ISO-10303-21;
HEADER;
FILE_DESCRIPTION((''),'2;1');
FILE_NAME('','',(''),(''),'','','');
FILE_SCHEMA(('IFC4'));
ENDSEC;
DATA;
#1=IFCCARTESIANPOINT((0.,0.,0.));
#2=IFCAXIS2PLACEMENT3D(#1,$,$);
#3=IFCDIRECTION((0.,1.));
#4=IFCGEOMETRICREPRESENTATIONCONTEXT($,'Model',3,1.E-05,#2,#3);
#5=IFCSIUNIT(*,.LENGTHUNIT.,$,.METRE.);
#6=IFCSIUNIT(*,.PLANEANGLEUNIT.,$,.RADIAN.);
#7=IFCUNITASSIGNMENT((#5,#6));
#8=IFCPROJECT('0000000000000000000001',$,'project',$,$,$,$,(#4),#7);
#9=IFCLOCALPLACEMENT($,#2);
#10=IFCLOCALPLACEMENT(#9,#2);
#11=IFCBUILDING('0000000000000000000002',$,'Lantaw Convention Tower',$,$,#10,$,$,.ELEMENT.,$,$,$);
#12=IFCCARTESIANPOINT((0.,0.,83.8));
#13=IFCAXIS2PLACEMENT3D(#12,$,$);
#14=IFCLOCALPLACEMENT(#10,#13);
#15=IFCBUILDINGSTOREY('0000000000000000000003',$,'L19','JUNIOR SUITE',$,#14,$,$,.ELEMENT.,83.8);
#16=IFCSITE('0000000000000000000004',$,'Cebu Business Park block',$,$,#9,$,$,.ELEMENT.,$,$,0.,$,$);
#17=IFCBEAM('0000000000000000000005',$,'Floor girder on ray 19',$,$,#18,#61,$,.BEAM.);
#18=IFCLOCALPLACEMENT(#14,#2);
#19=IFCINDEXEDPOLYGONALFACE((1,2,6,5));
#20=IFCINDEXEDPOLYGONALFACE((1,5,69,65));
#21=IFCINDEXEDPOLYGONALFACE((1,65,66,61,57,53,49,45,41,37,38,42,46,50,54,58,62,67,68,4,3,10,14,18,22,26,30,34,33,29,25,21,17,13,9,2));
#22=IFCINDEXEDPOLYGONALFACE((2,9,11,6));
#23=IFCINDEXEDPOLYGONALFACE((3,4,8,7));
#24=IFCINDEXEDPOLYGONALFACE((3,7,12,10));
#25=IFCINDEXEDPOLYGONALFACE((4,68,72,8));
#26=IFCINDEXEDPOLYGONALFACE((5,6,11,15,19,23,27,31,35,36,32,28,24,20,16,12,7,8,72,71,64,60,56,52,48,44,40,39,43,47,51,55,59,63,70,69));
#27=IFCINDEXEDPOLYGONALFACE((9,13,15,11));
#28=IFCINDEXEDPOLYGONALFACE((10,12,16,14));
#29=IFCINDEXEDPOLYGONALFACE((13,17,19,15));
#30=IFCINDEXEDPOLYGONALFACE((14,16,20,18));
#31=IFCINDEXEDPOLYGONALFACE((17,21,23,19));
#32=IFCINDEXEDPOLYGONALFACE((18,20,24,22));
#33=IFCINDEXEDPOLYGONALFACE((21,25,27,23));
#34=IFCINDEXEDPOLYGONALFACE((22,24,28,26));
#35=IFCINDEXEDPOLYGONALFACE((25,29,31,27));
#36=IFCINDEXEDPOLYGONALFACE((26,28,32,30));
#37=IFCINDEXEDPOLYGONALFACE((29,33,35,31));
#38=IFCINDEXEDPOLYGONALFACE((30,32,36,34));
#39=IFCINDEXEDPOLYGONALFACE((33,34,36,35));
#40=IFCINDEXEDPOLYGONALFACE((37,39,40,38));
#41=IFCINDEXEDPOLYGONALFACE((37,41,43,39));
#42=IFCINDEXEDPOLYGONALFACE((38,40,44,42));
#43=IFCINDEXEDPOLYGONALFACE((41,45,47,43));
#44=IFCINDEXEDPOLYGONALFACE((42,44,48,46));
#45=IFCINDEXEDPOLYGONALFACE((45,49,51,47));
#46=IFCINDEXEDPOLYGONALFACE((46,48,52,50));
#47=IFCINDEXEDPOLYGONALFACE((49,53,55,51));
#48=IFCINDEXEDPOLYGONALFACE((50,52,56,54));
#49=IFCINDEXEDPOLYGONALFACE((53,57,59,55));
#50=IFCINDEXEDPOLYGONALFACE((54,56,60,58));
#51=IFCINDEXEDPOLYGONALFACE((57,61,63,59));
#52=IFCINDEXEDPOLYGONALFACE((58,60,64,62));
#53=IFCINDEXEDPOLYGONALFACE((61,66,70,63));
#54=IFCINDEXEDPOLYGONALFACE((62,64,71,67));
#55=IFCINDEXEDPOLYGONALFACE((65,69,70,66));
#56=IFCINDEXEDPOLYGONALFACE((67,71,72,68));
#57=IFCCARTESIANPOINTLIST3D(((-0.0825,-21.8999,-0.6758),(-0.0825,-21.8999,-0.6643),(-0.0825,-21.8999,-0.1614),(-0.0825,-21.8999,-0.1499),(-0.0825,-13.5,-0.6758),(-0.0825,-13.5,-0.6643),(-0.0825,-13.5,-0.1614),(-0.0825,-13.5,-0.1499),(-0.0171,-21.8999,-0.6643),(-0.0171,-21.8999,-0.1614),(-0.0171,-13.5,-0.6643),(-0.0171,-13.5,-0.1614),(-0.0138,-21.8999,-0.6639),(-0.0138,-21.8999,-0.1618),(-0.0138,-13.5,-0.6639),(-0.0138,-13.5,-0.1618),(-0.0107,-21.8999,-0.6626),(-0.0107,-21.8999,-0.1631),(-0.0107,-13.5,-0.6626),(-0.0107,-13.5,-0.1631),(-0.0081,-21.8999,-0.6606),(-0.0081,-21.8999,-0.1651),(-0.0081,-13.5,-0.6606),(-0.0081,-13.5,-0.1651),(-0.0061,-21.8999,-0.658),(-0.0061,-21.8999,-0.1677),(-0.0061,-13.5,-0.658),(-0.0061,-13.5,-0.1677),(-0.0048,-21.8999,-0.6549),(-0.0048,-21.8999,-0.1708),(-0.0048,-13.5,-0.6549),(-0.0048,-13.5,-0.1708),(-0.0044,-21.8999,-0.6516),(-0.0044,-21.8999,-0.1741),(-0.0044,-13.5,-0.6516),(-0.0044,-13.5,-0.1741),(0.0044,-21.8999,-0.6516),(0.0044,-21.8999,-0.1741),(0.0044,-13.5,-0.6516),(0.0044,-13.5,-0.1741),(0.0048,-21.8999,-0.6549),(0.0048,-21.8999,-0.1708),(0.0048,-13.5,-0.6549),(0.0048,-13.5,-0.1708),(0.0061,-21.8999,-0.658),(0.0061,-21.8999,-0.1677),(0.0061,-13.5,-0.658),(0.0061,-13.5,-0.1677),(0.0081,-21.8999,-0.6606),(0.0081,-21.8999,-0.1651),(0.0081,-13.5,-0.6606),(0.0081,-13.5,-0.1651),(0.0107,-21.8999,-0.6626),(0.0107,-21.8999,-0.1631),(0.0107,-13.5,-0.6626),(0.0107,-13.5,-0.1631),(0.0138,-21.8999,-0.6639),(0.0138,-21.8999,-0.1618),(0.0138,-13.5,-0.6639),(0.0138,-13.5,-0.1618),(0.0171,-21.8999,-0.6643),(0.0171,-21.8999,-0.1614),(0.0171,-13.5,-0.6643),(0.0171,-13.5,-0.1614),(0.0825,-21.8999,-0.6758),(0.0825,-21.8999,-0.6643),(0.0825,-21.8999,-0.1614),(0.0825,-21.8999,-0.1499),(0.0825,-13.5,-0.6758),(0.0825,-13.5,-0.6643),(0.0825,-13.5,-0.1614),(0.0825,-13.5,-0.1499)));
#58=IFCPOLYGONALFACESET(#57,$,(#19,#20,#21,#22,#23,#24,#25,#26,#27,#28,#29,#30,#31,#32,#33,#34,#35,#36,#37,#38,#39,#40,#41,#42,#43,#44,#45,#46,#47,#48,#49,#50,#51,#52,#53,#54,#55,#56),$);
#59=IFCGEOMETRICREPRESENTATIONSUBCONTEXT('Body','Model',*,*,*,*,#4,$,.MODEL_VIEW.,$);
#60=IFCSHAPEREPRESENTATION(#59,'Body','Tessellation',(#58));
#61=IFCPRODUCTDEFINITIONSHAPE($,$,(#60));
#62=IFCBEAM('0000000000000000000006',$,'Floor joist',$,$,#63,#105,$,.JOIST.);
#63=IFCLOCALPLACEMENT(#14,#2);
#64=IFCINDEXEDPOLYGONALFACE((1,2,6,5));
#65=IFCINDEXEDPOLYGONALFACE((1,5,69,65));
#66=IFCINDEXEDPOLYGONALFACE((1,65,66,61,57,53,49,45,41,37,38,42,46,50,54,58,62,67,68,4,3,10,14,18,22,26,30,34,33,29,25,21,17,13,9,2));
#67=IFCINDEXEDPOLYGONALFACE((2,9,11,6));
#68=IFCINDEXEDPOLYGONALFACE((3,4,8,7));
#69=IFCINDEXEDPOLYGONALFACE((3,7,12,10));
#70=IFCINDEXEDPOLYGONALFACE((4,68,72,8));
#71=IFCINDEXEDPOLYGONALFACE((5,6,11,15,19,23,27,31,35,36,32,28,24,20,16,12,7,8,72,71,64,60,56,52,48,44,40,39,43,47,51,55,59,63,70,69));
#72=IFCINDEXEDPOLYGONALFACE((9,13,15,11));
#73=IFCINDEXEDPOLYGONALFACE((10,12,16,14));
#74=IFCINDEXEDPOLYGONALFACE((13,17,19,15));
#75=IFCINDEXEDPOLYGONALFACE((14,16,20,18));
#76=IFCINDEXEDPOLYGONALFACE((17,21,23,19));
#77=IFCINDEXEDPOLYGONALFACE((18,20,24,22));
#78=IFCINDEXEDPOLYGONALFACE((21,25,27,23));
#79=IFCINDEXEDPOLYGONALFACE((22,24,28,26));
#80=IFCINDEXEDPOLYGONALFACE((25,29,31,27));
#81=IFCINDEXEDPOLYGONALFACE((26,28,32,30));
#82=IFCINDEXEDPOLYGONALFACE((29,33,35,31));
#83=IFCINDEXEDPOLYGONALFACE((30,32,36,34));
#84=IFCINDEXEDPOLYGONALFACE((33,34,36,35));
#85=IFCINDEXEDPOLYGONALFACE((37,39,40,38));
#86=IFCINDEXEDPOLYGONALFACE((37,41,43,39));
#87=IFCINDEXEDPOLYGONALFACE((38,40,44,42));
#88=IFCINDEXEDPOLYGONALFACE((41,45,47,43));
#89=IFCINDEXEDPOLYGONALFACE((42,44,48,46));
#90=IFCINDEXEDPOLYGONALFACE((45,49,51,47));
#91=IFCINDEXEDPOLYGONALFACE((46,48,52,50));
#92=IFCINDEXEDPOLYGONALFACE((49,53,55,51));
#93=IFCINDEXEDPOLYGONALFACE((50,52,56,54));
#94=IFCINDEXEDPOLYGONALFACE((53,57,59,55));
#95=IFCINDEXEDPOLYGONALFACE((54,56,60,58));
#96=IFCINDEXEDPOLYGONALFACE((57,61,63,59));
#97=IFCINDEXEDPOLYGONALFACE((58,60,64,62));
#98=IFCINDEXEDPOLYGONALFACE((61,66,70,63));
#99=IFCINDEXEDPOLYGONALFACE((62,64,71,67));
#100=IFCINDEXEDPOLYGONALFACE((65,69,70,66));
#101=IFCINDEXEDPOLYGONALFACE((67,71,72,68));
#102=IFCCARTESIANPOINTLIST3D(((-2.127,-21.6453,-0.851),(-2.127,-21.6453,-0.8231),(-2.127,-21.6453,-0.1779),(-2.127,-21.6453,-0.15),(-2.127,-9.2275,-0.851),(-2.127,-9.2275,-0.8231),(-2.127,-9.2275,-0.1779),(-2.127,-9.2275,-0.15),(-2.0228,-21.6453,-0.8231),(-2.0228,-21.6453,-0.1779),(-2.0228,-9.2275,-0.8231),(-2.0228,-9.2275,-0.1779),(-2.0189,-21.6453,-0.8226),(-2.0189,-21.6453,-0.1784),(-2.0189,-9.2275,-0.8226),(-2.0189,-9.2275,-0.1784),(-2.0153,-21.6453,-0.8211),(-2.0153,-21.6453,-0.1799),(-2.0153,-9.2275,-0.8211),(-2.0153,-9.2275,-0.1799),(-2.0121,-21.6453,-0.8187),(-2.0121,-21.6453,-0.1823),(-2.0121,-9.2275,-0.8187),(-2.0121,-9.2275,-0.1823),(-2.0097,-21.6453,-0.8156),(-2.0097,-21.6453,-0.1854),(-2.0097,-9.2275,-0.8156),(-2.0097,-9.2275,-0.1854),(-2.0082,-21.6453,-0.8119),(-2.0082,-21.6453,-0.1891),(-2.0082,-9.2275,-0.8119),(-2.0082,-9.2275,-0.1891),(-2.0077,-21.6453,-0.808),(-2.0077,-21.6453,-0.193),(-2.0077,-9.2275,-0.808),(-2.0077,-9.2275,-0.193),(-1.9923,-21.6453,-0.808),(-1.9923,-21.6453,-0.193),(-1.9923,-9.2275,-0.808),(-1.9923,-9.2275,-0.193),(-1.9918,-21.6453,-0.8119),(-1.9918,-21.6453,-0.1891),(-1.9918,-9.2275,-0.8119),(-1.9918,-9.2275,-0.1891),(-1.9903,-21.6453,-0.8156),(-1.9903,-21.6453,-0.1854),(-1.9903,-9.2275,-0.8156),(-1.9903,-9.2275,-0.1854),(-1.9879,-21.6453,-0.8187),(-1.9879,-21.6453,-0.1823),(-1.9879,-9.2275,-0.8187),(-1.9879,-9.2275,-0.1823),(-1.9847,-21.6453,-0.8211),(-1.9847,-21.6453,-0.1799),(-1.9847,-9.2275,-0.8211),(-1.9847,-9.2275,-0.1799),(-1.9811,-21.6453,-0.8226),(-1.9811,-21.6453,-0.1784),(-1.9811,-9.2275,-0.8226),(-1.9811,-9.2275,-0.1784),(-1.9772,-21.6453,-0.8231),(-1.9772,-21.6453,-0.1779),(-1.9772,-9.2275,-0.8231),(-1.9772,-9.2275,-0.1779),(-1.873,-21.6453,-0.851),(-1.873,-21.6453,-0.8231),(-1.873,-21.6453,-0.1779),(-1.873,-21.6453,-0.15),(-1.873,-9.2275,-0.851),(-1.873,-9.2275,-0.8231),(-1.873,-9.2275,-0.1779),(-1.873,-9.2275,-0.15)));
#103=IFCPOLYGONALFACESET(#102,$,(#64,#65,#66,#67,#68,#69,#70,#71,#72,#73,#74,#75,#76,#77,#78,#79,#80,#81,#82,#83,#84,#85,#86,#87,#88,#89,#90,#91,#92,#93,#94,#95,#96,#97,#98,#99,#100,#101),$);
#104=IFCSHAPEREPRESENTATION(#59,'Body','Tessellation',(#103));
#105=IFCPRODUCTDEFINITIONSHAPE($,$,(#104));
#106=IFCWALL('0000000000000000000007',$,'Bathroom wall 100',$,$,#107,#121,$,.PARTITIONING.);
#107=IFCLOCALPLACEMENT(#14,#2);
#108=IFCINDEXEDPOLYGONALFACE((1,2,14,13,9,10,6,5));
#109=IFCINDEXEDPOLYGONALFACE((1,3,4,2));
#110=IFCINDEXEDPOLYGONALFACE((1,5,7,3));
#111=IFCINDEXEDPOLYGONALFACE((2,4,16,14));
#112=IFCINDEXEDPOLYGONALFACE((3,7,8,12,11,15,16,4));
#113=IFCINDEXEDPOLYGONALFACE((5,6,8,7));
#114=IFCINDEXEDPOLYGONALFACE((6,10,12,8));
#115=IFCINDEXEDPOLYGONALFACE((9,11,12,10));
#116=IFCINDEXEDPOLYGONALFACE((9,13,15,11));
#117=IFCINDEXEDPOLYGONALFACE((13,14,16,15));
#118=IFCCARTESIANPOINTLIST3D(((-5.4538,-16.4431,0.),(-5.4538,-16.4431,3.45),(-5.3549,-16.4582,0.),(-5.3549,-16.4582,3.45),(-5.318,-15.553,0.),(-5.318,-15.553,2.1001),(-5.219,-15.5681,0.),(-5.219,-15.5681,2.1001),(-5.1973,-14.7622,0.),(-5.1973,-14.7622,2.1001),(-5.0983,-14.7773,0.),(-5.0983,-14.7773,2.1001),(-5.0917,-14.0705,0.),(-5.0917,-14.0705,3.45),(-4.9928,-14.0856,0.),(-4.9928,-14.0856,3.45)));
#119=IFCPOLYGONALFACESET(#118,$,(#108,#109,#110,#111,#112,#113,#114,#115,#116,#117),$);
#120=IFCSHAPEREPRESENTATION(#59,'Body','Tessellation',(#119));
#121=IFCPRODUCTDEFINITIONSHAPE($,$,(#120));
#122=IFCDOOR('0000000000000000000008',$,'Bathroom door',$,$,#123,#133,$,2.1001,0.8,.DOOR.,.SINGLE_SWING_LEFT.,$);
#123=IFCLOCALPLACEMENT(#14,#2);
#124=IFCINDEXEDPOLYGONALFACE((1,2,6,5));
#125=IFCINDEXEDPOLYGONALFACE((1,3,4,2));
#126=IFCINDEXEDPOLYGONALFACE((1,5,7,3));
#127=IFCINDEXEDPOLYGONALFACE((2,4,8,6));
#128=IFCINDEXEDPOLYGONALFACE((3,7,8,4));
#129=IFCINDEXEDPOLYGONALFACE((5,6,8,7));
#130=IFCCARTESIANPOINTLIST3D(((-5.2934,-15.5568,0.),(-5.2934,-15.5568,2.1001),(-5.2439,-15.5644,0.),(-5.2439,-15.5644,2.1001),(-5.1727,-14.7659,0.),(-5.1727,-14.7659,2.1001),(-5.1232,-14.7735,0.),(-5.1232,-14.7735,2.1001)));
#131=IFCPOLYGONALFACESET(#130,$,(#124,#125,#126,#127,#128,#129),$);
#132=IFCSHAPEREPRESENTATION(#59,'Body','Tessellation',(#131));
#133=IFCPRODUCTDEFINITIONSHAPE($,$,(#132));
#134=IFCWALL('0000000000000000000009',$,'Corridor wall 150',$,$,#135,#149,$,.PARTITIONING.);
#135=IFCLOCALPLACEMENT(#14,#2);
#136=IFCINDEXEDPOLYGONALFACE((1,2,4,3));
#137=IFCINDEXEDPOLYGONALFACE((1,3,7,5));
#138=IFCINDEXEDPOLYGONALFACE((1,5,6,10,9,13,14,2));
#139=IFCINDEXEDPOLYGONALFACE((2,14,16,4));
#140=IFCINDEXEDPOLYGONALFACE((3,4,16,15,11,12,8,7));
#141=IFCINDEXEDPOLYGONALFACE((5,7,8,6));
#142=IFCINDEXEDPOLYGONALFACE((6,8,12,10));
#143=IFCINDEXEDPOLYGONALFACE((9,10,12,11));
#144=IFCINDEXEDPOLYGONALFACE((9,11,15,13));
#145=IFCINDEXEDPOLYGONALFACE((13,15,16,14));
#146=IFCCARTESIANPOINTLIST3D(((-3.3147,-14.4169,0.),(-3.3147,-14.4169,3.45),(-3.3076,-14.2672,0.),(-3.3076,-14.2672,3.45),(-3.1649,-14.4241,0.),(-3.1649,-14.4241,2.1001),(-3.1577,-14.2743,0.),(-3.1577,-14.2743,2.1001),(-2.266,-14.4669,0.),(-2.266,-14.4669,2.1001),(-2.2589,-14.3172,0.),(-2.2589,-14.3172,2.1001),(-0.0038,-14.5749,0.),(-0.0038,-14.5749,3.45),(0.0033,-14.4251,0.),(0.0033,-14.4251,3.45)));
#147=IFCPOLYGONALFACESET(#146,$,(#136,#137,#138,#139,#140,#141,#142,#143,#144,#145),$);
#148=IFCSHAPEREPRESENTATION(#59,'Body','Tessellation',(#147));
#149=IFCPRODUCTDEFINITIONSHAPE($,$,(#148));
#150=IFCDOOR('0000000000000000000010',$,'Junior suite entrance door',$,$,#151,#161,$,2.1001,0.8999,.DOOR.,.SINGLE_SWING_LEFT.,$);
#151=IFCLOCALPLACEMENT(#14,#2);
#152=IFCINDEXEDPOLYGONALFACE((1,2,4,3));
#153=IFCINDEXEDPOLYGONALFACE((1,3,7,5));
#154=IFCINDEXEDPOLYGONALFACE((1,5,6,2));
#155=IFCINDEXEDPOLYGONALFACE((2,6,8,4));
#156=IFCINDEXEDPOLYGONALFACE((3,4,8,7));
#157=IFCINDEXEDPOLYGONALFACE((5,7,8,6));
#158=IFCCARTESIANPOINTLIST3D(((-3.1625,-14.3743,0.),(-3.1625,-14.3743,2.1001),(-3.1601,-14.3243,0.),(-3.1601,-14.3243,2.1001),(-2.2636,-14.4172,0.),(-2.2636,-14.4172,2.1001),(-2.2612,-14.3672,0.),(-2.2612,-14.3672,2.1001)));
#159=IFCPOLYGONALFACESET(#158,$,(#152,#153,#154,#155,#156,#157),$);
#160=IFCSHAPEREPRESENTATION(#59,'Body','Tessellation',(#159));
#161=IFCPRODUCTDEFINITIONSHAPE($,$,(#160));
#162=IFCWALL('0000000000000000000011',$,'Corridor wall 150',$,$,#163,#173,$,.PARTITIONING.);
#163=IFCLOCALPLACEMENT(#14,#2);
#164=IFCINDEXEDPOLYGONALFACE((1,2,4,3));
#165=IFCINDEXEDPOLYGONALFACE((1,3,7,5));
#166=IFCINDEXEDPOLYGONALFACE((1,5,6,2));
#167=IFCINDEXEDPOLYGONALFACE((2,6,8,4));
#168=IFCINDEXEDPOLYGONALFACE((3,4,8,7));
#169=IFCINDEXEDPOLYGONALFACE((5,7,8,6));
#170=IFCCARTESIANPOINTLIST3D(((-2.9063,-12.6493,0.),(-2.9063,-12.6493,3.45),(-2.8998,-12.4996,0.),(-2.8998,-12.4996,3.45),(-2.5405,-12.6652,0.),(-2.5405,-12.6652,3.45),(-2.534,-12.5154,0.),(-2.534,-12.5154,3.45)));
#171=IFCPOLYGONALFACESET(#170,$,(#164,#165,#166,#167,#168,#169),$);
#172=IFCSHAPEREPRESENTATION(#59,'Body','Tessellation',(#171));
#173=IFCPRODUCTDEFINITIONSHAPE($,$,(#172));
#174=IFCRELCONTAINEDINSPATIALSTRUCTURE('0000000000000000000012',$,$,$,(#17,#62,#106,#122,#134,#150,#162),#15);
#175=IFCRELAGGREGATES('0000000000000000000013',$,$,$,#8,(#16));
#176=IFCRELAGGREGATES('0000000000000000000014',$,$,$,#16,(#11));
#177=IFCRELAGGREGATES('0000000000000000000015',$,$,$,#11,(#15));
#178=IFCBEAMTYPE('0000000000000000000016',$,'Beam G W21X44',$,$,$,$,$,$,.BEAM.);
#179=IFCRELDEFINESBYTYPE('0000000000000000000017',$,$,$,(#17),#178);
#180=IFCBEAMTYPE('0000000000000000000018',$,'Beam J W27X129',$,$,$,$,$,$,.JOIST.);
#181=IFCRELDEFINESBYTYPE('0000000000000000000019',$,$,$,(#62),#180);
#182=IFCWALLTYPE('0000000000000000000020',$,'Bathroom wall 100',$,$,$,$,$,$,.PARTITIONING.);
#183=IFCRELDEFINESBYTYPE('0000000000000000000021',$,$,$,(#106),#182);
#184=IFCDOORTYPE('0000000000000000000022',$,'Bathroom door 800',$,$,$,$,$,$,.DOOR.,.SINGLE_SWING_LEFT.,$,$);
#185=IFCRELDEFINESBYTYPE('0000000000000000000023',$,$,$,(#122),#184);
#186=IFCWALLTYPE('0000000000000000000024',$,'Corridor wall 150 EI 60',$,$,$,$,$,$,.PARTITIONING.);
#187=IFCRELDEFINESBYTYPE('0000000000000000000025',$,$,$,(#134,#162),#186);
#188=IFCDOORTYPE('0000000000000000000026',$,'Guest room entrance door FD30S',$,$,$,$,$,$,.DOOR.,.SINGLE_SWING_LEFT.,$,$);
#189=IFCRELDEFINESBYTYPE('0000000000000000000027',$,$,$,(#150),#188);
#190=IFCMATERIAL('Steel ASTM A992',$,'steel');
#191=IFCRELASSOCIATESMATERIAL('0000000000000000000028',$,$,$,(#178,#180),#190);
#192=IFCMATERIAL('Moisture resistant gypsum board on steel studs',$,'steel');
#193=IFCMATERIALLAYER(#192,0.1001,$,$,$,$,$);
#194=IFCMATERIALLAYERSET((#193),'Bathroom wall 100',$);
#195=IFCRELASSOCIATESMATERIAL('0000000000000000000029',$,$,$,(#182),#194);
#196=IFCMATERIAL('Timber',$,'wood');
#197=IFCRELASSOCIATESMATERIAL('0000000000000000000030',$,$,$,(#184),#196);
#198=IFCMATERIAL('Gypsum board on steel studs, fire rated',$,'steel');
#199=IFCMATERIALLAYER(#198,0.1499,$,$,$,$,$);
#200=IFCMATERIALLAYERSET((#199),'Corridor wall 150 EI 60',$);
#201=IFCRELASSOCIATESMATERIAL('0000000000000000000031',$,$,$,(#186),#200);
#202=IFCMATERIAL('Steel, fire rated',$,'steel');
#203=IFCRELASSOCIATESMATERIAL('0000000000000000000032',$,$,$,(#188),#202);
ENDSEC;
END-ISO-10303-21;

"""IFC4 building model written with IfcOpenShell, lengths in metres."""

from ifc_helpers import new_model, si_unit, direction, frame, frame_2d, origin, origin_2d, place, context, subcontext, project, spatial, rectangle, i_section, extrude, material, layer, layer_set, material_profile, profile_set, type_object, element, fill, save


model = new_model("IFC4")

# Units and contexts
model_context = context("Model", 3, precision=1e-05, world=origin(), true_north=direction((0.0, 1.0)))
body_context = subcontext(model_context, "Body", "Model", "MODEL_VIEW")
ifc_project = project(units=[si_unit("LENGTHUNIT", "METRE"), si_unit("PLANEANGLEUNIT", "RADIAN")], contexts=[model_context])

# Site, building, storey
site_placement = place(None, origin())
site = spatial("IfcSite", under=ifc_project, at=site_placement, Name="Cebu Business Park block", CompositionType="ELEMENT", RefElevation=0.0)
building_placement = place(site_placement, origin())
building = spatial("IfcBuilding", under=site, at=building_placement, Name="Lantaw Convention Tower", CompositionType="ELEMENT")
storey_placement = place(building_placement, frame((0.0, 0.0, 83.8)))
storey = spatial("IfcBuildingStorey", under=building, at=storey_placement, Name="L19", Description="JUNIOR SUITE", CompositionType="ELEMENT", Elevation=83.8)

# Beams
ifc_material_1 = material(Name="Steel ASTM A992", Category="steel")
ifc_material_profile_1 = material_profile(ifc_material_1, i_section(OverallWidth=0.165, OverallDepth=0.5259, WebThickness=0.0088, FlangeThickness=0.0115, FilletRadius=0.0127, at=origin_2d()), Name="W21X44")
ifc_profile_set_1 = profile_set([ifc_material_profile_1], Name="Steel ASTM A992")
beam_type_1 = type_object("IfcBeamType", Name="Beam G W21X44", PredefinedType="BEAM", material=ifc_profile_set_1)
beam_1_placement = place(storey_placement, frame((0.0, -13.5, -0.4128), z_axis=(0.0, -1.0, 0.0), x_axis=(1.0, 0.0, 0.0)))
element("IfcBeam", 1, at=beam_1_placement, inside=storey, type_object=beam_type_1, Name="Floor girder on ray 19", PredefinedType="BEAM", context=body_context, shape_type="SweptSolid", body=[
    extrude(i_section(OverallWidth=0.165, OverallDepth=0.5259, WebThickness=0.0088, FlangeThickness=0.0115, FilletRadius=0.0127, at=origin_2d()), origin(), (0.0, 0.0, 1.0), 8.3999),
])
ifc_material_profile_2 = material_profile(ifc_material_1, i_section(OverallWidth=0.2539, OverallDepth=0.7009, WebThickness=0.0154, FlangeThickness=0.0278, FilletRadius=0.0151, at=origin_2d()), Name="W27X129")
ifc_profile_set_2 = profile_set([ifc_material_profile_2], Name="Steel ASTM A992")
beam_type_2 = type_object("IfcBeamType", Name="Beam J W27X129", PredefinedType="JOIST", material=ifc_profile_set_2)
beam_2_placement = place(storey_placement, frame((-2.0, -21.6453, -0.5005), z_axis=(0.0, 1.0, 0.0), x_axis=(-1.0, 0.0, 0.0)))
element("IfcBeam", 2, at=beam_2_placement, inside=storey, type_object=beam_type_2, Name="Floor joist", PredefinedType="JOIST", context=body_context, shape_type="SweptSolid", body=[
    extrude(i_section(OverallWidth=0.2539, OverallDepth=0.7009, WebThickness=0.0154, FlangeThickness=0.0278, FilletRadius=0.0151, at=origin_2d()), origin(), (0.0, 0.0, 1.0), 12.4177),
])

# Walls, openings, doors
ifc_material_2 = material(Name="Moisture resistant gypsum board on steel studs", Category="steel")
ifc_layer_1 = layer(ifc_material_2, 0.1001)
ifc_layer_set_1 = layer_set([ifc_layer_1], Name="Bathroom wall 100")
wall_type_1 = type_object("IfcWallType", Name="Bathroom wall 100", PredefinedType="PARTITIONING", material=ifc_layer_set_1)
wall_1_placement = place(storey_placement, frame((-5.0422, -14.0779, 0.0), z_axis=(0.0, 0.0, 1.0), x_axis=(-0.150857, -0.988556, 0.0)))
wall_1 = element("IfcWall", 3, at=wall_1_placement, inside=storey, type_object=wall_type_1, Name="Bathroom wall 100", PredefinedType="PARTITIONING", context=body_context, shape_type="SweptSolid", body=[
    extrude(rectangle(XDim=2.4001, YDim=0.1001, at=frame_2d((1.2002, 0.0))), origin(), (0.0, 0.0, 1.0), 3.45),
])
opening_1_placement = place(wall_1_placement, frame((0.7, 0.0, 0.0)))
opening_1 = element("IfcOpeningElement", 4, at=opening_1_placement, cuts=wall_1, PredefinedType="OPENING", context=body_context, shape_type="SweptSolid", body=[
    extrude(rectangle(XDim=0.8, YDim=2.1001, at=frame_2d((0.3999, 1.05))), frame((0.0, 0.0601, 0.0), z_axis=(0.0, -1.0, 0.0), x_axis=(1.0, 0.0, 0.0)), (0.0, 0.0, 1.0), 0.1201),
])
ifc_material_3 = material(Name="Timber", Category="wood")
door_type_1 = type_object("IfcDoorType", Name="Bathroom door 800", OperationType="SINGLE_SWING_LEFT", PredefinedType="DOOR", material=ifc_material_3)
door_1_placement = place(opening_1_placement, origin())
door_1 = element("IfcDoor", 5, at=door_1_placement, inside=storey, type_object=door_type_1, Name="Bathroom door", OperationType="SINGLE_SWING_LEFT", OverallHeight=2.1001, OverallWidth=0.8, PredefinedType="DOOR", context=body_context, shape_type="SweptSolid", body=[
    extrude(rectangle(XDim=0.8, YDim=2.1001, at=frame_2d((0.3999, 1.05))), frame((0.0, 0.0249, 0.0), z_axis=(0.0, -1.0, 0.0), x_axis=(1.0, 0.0, 0.0)), (0.0, 0.0, 1.0), 0.05),
])
fill(opening_1, door_1)
ifc_material_4 = material(Name="Gypsum board on steel studs, fire rated", Category="steel")
ifc_layer_2 = layer(ifc_material_4, 0.1499)
ifc_layer_set_2 = layer_set([ifc_layer_2], Name="Corridor wall 150 EI 60")
wall_type_2 = type_object("IfcWallType", Name="Corridor wall 150 EI 60", PredefinedType="PARTITIONING", material=ifc_layer_set_2)
wall_2_placement = place(storey_placement, frame((-3.311, -14.342, 0.0), z_axis=(0.0, 0.0, 1.0), x_axis=(0.998864, -0.047653, 0.0)))
wall_2 = element("IfcWall", 6, at=wall_2_placement, inside=storey, type_object=wall_type_2, Name="Corridor wall 150", PredefinedType="PARTITIONING", context=body_context, shape_type="SweptSolid", body=[
    extrude(rectangle(XDim=3.3147, YDim=0.1499, at=frame_2d((1.6572, 0.0))), origin(), (0.0, 0.0, 1.0), 3.45),
])
opening_2_placement = place(wall_2_placement, frame((0.1499, 0.0, 0.0)))
opening_2 = element("IfcOpeningElement", 7, at=opening_2_placement, cuts=wall_2, PredefinedType="OPENING", context=body_context, shape_type="SweptSolid", body=[
    extrude(rectangle(XDim=0.8999, YDim=2.1001, at=frame_2d((0.45, 1.05))), frame((0.0, 0.085, 0.0), z_axis=(0.0, -1.0, 0.0), x_axis=(1.0, 0.0, 0.0)), (0.0, 0.0, 1.0), 0.1699),
])
ifc_material_5 = material(Name="Steel, fire rated", Category="steel")
door_type_2 = type_object("IfcDoorType", Name="Guest room entrance door FD30S", OperationType="SINGLE_SWING_LEFT", PredefinedType="DOOR", material=ifc_material_5)
door_2_placement = place(opening_2_placement, origin())
door_2 = element("IfcDoor", 8, at=door_2_placement, inside=storey, type_object=door_type_2, Name="Junior suite entrance door", OperationType="SINGLE_SWING_LEFT", OverallHeight=2.1001, OverallWidth=0.8999, PredefinedType="DOOR", context=body_context, shape_type="SweptSolid", body=[
    extrude(rectangle(XDim=0.8999, YDim=2.1001, at=frame_2d((0.45, 1.05))), frame((0.0, 0.0249, 0.0), z_axis=(0.0, -1.0, 0.0), x_axis=(1.0, 0.0, 0.0)), (0.0, 0.0, 1.0), 0.05),
])
fill(opening_2, door_2)

# Wall
wall_3_placement = place(storey_placement, frame((-2.9031, -12.5745, 0.0), z_axis=(0.0, 0.0, 1.0), x_axis=(0.999061, -0.043322, 0.0)))
element("IfcWall", 9, at=wall_3_placement, inside=storey, type_object=wall_type_2, Name="Corridor wall 150", PredefinedType="PARTITIONING", context=body_context, shape_type="SweptSolid", body=[
    extrude(rectangle(XDim=0.3662, YDim=0.1499, at=frame_2d((0.1831, 0.0))), origin(), (0.0, 0.0, 1.0), 3.45),
])

save(model, "model.ifc")
